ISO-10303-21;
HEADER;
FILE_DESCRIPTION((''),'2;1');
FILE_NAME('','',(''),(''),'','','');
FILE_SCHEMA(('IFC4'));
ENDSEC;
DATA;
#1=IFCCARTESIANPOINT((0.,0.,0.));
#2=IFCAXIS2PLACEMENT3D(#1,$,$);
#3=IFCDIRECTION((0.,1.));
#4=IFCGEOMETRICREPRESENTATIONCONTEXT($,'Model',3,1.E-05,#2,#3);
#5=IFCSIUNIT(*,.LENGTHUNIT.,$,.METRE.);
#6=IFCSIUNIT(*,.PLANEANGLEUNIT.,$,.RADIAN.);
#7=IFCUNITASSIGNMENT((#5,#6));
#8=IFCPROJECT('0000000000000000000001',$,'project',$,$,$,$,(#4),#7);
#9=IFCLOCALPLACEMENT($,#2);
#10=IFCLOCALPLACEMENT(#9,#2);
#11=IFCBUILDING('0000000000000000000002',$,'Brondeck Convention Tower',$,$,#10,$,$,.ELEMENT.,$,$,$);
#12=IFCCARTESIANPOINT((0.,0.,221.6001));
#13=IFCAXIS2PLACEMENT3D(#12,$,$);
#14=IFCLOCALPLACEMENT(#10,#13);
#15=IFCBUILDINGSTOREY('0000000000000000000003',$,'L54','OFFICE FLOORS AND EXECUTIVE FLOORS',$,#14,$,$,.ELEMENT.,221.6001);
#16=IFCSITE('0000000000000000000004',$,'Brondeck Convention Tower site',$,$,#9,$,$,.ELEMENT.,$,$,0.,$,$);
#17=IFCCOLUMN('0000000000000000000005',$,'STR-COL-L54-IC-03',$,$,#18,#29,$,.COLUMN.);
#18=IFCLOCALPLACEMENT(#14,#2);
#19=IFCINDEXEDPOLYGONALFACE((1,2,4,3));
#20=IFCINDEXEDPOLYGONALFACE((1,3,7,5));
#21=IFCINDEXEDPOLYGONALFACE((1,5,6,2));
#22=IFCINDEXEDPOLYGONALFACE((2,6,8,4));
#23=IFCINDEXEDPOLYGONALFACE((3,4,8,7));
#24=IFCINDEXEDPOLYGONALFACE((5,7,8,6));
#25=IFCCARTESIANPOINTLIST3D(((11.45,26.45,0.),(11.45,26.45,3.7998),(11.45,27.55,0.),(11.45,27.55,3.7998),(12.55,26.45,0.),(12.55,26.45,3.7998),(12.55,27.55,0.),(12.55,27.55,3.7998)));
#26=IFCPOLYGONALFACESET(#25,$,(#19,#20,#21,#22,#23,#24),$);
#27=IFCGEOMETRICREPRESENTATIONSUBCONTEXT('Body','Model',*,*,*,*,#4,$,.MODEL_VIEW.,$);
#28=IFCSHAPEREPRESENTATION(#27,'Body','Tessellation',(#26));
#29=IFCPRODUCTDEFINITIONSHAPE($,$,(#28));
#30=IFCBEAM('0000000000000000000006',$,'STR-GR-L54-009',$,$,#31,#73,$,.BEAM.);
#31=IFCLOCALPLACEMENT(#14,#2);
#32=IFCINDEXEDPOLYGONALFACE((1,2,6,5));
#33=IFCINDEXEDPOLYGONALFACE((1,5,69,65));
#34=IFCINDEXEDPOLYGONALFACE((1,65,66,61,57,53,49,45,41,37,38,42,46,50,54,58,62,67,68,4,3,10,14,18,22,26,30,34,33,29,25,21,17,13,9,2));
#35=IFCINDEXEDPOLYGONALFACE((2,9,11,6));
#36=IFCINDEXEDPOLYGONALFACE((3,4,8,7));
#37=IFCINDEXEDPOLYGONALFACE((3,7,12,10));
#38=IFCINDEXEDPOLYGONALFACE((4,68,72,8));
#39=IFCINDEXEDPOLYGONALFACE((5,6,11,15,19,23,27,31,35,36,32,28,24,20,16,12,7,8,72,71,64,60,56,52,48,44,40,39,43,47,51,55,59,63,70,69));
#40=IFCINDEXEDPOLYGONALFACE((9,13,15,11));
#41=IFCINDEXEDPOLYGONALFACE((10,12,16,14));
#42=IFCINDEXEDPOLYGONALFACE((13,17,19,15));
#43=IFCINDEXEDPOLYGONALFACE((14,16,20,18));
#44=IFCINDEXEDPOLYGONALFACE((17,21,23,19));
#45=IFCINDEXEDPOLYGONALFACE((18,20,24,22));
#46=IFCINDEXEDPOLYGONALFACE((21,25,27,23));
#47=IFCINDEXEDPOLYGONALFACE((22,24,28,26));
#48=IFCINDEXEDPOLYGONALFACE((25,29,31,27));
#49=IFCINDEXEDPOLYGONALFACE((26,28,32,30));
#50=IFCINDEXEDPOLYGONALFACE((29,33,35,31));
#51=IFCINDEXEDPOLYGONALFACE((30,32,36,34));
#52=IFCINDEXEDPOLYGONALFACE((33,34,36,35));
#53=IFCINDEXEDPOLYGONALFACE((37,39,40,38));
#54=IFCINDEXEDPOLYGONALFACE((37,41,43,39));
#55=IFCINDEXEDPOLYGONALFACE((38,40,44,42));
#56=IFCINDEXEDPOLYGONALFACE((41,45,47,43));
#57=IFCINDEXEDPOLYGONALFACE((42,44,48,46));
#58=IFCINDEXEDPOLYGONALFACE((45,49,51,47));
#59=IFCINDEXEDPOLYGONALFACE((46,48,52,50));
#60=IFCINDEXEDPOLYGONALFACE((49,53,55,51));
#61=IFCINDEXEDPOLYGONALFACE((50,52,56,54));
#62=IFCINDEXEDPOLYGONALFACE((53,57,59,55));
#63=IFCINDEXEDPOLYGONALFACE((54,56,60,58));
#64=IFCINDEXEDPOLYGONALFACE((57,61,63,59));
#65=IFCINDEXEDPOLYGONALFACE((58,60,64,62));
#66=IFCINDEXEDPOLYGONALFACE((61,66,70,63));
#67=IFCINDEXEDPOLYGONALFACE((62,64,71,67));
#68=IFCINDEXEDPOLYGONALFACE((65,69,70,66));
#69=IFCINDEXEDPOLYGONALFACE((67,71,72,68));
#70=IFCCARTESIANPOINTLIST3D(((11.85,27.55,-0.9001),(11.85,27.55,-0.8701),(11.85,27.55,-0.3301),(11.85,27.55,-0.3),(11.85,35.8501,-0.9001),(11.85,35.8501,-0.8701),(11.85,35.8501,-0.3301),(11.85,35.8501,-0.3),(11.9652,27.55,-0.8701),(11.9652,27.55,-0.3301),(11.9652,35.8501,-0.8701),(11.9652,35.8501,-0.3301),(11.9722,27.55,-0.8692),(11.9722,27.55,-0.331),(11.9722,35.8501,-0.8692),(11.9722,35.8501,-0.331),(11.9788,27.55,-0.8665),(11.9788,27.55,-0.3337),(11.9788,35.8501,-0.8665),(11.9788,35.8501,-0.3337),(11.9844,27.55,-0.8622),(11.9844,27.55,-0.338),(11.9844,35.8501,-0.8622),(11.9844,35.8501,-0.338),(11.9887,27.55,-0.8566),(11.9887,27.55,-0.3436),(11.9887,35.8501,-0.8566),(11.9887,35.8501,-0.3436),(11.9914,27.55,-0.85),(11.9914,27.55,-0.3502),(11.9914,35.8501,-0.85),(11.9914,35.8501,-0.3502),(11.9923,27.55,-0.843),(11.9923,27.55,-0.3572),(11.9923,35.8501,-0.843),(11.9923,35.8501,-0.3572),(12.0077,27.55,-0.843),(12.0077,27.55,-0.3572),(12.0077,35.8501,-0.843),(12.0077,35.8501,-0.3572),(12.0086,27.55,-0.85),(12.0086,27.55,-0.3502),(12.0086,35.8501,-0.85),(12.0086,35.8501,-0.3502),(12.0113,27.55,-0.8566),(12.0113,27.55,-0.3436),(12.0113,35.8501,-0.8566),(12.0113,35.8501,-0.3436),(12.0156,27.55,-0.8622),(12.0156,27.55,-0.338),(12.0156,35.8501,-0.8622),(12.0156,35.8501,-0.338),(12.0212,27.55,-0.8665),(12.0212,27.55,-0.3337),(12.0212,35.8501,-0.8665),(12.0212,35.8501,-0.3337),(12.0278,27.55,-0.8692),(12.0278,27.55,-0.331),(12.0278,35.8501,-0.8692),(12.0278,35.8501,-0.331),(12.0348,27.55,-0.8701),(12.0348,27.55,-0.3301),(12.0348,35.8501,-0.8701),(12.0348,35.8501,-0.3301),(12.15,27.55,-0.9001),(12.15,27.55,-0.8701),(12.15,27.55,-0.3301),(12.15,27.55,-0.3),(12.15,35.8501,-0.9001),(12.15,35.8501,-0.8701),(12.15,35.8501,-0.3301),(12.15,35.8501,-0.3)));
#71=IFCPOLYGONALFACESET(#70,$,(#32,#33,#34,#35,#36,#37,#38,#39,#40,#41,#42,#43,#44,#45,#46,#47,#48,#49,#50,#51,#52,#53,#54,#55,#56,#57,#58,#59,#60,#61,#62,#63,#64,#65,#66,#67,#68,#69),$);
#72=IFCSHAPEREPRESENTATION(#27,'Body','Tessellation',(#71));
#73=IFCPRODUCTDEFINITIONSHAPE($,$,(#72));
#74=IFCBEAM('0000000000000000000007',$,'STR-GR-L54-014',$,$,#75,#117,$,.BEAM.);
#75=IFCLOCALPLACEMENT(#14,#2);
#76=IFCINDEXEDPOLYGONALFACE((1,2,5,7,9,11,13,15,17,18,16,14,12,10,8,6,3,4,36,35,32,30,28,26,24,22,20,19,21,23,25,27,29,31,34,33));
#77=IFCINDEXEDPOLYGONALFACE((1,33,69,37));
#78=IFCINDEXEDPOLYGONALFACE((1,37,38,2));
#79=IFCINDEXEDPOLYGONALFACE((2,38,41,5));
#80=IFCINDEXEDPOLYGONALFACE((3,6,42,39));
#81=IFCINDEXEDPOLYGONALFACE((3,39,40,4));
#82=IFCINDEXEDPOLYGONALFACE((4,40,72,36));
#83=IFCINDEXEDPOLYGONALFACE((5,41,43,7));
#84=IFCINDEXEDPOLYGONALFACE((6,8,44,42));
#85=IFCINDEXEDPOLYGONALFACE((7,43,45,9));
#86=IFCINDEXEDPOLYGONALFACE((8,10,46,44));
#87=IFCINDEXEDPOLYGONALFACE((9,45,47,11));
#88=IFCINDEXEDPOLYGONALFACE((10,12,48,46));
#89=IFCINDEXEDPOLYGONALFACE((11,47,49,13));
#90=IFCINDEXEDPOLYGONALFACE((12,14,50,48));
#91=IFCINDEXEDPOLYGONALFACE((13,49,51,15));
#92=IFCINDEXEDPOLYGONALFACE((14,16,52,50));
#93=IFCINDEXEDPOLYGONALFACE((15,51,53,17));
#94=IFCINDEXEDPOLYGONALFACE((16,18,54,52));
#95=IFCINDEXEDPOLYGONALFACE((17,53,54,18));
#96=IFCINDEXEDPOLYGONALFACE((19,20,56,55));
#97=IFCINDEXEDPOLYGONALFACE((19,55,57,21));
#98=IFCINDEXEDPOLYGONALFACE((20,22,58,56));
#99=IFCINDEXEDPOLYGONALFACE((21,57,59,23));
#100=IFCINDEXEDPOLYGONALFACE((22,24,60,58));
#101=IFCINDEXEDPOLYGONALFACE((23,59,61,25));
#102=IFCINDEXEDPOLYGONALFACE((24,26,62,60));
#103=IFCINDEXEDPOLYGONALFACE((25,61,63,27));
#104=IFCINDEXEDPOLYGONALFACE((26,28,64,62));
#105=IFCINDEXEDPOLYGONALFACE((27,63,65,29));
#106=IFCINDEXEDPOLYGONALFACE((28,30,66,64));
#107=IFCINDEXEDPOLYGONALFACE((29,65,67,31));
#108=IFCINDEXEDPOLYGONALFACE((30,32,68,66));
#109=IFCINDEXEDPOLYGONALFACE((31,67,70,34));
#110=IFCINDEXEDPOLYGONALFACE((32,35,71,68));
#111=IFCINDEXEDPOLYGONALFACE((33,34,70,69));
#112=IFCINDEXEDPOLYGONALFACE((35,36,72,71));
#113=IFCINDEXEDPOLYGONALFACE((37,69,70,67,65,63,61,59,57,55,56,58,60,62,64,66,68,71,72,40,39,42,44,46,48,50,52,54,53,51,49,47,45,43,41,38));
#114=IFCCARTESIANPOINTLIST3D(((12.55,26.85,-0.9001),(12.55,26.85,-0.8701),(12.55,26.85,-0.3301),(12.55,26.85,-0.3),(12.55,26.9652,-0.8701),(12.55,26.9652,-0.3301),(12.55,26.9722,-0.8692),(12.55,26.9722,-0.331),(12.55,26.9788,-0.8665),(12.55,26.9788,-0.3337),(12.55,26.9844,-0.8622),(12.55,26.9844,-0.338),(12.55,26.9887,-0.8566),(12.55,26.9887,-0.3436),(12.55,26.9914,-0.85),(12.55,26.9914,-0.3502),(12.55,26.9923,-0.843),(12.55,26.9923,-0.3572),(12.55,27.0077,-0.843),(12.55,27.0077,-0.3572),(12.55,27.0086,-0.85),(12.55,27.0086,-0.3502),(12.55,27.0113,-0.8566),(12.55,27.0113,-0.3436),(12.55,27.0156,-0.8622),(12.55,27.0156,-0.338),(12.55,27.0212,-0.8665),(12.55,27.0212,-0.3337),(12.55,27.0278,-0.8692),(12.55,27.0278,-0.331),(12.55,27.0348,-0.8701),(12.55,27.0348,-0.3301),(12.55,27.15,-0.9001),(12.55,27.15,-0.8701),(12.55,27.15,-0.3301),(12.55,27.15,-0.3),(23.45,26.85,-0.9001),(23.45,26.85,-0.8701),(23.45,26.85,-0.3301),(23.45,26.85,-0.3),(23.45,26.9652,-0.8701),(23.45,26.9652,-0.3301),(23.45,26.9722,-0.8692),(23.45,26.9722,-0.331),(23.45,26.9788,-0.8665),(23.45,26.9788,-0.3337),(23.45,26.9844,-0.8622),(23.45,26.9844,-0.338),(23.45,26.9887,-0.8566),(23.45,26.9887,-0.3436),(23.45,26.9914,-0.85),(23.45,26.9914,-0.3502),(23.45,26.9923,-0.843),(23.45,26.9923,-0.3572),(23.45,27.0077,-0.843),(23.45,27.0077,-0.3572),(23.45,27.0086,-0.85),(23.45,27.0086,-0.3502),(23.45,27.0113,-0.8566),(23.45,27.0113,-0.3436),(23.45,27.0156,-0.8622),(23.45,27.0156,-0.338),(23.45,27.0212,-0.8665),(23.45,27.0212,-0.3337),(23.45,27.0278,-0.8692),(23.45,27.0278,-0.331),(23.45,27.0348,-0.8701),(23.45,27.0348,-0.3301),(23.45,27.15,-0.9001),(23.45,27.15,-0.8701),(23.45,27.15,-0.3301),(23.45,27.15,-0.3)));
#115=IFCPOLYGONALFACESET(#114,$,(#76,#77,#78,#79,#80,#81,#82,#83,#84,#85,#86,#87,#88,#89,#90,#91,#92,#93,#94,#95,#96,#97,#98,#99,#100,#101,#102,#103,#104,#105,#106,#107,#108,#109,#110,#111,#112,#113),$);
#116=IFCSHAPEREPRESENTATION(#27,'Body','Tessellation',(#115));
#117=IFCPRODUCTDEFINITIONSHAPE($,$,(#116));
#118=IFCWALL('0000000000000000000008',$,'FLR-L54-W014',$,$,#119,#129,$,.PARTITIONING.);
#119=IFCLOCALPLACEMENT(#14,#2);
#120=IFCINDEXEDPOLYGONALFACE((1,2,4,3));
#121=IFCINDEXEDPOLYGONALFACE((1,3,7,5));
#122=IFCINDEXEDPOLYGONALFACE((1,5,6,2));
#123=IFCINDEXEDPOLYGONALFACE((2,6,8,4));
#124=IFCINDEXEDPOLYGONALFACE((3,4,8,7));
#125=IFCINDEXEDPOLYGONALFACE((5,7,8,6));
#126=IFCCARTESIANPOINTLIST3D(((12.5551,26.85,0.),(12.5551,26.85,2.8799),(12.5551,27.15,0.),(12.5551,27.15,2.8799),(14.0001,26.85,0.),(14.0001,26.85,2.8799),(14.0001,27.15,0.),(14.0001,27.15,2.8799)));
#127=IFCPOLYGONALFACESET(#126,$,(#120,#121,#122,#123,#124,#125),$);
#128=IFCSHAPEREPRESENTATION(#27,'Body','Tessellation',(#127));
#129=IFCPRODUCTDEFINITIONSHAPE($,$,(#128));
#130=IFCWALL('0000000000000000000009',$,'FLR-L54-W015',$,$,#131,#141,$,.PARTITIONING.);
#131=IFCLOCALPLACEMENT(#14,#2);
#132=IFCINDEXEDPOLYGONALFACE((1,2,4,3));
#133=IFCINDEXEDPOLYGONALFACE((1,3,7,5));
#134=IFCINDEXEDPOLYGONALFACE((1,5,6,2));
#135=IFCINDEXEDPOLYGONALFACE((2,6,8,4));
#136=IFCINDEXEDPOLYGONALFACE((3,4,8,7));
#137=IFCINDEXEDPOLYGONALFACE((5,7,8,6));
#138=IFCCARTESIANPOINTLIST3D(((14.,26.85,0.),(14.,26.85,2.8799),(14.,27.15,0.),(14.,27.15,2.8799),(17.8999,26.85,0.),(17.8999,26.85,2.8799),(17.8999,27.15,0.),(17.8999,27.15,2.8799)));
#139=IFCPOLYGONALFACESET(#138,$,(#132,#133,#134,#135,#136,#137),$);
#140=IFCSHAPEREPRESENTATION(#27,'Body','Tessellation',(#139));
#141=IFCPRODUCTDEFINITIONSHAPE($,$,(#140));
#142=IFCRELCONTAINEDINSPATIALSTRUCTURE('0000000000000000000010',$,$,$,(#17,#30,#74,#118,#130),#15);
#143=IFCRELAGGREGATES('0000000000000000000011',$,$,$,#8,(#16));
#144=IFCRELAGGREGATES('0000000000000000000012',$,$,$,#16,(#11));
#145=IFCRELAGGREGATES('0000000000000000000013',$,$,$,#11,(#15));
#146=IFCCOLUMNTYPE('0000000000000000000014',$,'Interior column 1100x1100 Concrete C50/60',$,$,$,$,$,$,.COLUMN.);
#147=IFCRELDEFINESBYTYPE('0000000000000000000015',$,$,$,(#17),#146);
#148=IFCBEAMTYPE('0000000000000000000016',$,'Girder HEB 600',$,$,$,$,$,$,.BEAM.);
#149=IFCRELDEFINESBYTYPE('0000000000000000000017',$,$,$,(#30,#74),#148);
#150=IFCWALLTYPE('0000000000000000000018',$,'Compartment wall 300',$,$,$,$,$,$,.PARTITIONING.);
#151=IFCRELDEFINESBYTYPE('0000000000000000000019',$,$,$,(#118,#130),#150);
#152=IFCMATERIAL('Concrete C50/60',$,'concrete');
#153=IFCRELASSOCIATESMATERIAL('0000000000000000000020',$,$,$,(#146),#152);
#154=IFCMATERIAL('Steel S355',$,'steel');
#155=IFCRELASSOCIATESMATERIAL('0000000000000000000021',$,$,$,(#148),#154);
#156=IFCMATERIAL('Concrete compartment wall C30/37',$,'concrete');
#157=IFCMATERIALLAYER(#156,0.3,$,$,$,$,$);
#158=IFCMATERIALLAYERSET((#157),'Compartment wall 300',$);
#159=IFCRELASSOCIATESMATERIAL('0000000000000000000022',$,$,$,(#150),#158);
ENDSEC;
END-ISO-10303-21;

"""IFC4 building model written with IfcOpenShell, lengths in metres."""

from ifc_helpers import new_model, si_unit, direction, frame, frame_2d, origin, origin_2d, place, context, subcontext, project, spatial, rectangle, i_section, extrude, material, layer, layer_set, material_profile, profile_set, type_object, element, save


model = new_model("IFC4")

# Units and contexts
model_context = context("Model", 3, precision=1e-05, world=origin(), true_north=direction((0.0, 1.0)))
body_context = subcontext(model_context, "Body", "Model", "MODEL_VIEW")
ifc_project = project(units=[si_unit("LENGTHUNIT", "METRE"), si_unit("PLANEANGLEUNIT", "RADIAN")], contexts=[model_context])

# Site, building, storey
site_placement = place(None, origin())
site = spatial("IfcSite", under=ifc_project, at=site_placement, Name="Brondeck Convention Tower site", CompositionType="ELEMENT", RefElevation=0.0)
building_placement = place(site_placement, origin())
building = spatial("IfcBuilding", under=site, at=building_placement, Name="Brondeck Convention Tower", CompositionType="ELEMENT")
storey_placement = place(building_placement, frame((0.0, 0.0, 221.6001)))
storey = spatial("IfcBuildingStorey", under=building, at=storey_placement, Name="L54", Description="OFFICE FLOORS AND EXECUTIVE FLOORS", CompositionType="ELEMENT", Elevation=221.6001)

# Column
ifc_material_1 = material(Name="Concrete C50/60", Category="concrete")
ifc_material_profile_1 = material_profile(ifc_material_1, rectangle(XDim=1.1001, YDim=1.1001, at=origin_2d()), Name="Interior column 1100x1100 Concrete C50/60")
ifc_profile_set_1 = profile_set([ifc_material_profile_1], Name="Concrete C50/60")
column_type = type_object("IfcColumnType", Name="Interior column 1100x1100 Concrete C50/60", PredefinedType="COLUMN", material=ifc_profile_set_1)
column_placement = place(storey_placement, frame((12.0, 27.0, 0.0), z_axis=(0.0, 0.0, 1.0), x_axis=(1.0, 0.0, 0.0)))
element("IfcColumn", 1, at=column_placement, inside=storey, type_object=column_type, Name="STR-COL-L54-IC-03", PredefinedType="COLUMN", context=body_context, shape_type="SweptSolid", body=[
    extrude(rectangle(XDim=1.1001, YDim=1.1001, at=origin_2d()), origin(), (0.0, 0.0, 1.0), 3.7998),
])

# Beams
ifc_material_2 = material(Name="Steel S355", Category="steel")
ifc_material_profile_2 = material_profile(ifc_material_2, i_section(OverallWidth=0.3, OverallDepth=0.6001, WebThickness=0.0154, FlangeThickness=0.03, FilletRadius=0.0271, at=origin_2d()), Name="HEB 600")
ifc_profile_set_2 = profile_set([ifc_material_profile_2], Name="Steel S355")
beam_type = type_object("IfcBeamType", Name="Girder HEB 600", PredefinedType="BEAM", material=ifc_profile_set_2)
beam_1_placement = place(storey_placement, frame((12.0, 35.8501, -0.6001), z_axis=(0.0, -1.0, 0.0), x_axis=(1.0, 0.0, 0.0)))
element("IfcBeam", 2, at=beam_1_placement, inside=storey, type_object=beam_type, Name="STR-GR-L54-009", PredefinedType="BEAM", context=body_context, shape_type="SweptSolid", body=[
    extrude(i_section(OverallWidth=0.3, OverallDepth=0.6001, WebThickness=0.0154, FlangeThickness=0.03, FilletRadius=0.0271, at=origin_2d()), origin(), (0.0, 0.0, 1.0), 8.3),
])
beam_2_placement = place(storey_placement, frame((12.55, 27.0, -0.6001), z_axis=(1.0, 0.0, 0.0), x_axis=(0.0, 1.0, 0.0)))
element("IfcBeam", 3, at=beam_2_placement, inside=storey, type_object=beam_type, Name="STR-GR-L54-014", PredefinedType="BEAM", context=body_context, shape_type="SweptSolid", body=[
    extrude(i_section(OverallWidth=0.3, OverallDepth=0.6001, WebThickness=0.0154, FlangeThickness=0.03, FilletRadius=0.0271, at=origin_2d()), origin(), (0.0, 0.0, 1.0), 10.8999),
])

# Walls
ifc_material_3 = material(Name="Concrete compartment wall C30/37", Category="concrete")
ifc_layer_1 = layer(ifc_material_3, 0.3)
ifc_layer_set_1 = layer_set([ifc_layer_1], Name="Compartment wall 300")
wall_type_1 = type_object("IfcWallType", Name="Compartment wall 300", PredefinedType="PARTITIONING", material=ifc_layer_set_1)
wall_1_placement = place(storey_placement, frame((12.5549, 27.0, 0.0), z_axis=(0.0, 0.0, 1.0), x_axis=(1.0, 0.0, 0.0)))
element("IfcWall", 4, at=wall_1_placement, inside=storey, type_object=wall_type_1, Name="FLR-L54-W014", PredefinedType="PARTITIONING", context=body_context, shape_type="SweptSolid", body=[
    extrude(rectangle(XDim=1.4451, YDim=0.3, at=frame_2d((0.7227, 0.0))), origin(), (0.0, 0.0, 1.0), 2.8799),
])
wall_2_placement = place(storey_placement, frame((14.0, 27.0, 0.0), z_axis=(0.0, 0.0, 1.0), x_axis=(1.0, 0.0, 0.0)))
element("IfcWall", 5, at=wall_2_placement, inside=storey, type_object=wall_type_1, Name="FLR-L54-W015", PredefinedType="PARTITIONING", context=body_context, shape_type="SweptSolid", body=[
    extrude(rectangle(XDim=3.8999, YDim=0.3, at=frame_2d((1.95, 0.0))), origin(), (0.0, 0.0, 1.0), 2.8799),
])

save(model, "model.ifc")
